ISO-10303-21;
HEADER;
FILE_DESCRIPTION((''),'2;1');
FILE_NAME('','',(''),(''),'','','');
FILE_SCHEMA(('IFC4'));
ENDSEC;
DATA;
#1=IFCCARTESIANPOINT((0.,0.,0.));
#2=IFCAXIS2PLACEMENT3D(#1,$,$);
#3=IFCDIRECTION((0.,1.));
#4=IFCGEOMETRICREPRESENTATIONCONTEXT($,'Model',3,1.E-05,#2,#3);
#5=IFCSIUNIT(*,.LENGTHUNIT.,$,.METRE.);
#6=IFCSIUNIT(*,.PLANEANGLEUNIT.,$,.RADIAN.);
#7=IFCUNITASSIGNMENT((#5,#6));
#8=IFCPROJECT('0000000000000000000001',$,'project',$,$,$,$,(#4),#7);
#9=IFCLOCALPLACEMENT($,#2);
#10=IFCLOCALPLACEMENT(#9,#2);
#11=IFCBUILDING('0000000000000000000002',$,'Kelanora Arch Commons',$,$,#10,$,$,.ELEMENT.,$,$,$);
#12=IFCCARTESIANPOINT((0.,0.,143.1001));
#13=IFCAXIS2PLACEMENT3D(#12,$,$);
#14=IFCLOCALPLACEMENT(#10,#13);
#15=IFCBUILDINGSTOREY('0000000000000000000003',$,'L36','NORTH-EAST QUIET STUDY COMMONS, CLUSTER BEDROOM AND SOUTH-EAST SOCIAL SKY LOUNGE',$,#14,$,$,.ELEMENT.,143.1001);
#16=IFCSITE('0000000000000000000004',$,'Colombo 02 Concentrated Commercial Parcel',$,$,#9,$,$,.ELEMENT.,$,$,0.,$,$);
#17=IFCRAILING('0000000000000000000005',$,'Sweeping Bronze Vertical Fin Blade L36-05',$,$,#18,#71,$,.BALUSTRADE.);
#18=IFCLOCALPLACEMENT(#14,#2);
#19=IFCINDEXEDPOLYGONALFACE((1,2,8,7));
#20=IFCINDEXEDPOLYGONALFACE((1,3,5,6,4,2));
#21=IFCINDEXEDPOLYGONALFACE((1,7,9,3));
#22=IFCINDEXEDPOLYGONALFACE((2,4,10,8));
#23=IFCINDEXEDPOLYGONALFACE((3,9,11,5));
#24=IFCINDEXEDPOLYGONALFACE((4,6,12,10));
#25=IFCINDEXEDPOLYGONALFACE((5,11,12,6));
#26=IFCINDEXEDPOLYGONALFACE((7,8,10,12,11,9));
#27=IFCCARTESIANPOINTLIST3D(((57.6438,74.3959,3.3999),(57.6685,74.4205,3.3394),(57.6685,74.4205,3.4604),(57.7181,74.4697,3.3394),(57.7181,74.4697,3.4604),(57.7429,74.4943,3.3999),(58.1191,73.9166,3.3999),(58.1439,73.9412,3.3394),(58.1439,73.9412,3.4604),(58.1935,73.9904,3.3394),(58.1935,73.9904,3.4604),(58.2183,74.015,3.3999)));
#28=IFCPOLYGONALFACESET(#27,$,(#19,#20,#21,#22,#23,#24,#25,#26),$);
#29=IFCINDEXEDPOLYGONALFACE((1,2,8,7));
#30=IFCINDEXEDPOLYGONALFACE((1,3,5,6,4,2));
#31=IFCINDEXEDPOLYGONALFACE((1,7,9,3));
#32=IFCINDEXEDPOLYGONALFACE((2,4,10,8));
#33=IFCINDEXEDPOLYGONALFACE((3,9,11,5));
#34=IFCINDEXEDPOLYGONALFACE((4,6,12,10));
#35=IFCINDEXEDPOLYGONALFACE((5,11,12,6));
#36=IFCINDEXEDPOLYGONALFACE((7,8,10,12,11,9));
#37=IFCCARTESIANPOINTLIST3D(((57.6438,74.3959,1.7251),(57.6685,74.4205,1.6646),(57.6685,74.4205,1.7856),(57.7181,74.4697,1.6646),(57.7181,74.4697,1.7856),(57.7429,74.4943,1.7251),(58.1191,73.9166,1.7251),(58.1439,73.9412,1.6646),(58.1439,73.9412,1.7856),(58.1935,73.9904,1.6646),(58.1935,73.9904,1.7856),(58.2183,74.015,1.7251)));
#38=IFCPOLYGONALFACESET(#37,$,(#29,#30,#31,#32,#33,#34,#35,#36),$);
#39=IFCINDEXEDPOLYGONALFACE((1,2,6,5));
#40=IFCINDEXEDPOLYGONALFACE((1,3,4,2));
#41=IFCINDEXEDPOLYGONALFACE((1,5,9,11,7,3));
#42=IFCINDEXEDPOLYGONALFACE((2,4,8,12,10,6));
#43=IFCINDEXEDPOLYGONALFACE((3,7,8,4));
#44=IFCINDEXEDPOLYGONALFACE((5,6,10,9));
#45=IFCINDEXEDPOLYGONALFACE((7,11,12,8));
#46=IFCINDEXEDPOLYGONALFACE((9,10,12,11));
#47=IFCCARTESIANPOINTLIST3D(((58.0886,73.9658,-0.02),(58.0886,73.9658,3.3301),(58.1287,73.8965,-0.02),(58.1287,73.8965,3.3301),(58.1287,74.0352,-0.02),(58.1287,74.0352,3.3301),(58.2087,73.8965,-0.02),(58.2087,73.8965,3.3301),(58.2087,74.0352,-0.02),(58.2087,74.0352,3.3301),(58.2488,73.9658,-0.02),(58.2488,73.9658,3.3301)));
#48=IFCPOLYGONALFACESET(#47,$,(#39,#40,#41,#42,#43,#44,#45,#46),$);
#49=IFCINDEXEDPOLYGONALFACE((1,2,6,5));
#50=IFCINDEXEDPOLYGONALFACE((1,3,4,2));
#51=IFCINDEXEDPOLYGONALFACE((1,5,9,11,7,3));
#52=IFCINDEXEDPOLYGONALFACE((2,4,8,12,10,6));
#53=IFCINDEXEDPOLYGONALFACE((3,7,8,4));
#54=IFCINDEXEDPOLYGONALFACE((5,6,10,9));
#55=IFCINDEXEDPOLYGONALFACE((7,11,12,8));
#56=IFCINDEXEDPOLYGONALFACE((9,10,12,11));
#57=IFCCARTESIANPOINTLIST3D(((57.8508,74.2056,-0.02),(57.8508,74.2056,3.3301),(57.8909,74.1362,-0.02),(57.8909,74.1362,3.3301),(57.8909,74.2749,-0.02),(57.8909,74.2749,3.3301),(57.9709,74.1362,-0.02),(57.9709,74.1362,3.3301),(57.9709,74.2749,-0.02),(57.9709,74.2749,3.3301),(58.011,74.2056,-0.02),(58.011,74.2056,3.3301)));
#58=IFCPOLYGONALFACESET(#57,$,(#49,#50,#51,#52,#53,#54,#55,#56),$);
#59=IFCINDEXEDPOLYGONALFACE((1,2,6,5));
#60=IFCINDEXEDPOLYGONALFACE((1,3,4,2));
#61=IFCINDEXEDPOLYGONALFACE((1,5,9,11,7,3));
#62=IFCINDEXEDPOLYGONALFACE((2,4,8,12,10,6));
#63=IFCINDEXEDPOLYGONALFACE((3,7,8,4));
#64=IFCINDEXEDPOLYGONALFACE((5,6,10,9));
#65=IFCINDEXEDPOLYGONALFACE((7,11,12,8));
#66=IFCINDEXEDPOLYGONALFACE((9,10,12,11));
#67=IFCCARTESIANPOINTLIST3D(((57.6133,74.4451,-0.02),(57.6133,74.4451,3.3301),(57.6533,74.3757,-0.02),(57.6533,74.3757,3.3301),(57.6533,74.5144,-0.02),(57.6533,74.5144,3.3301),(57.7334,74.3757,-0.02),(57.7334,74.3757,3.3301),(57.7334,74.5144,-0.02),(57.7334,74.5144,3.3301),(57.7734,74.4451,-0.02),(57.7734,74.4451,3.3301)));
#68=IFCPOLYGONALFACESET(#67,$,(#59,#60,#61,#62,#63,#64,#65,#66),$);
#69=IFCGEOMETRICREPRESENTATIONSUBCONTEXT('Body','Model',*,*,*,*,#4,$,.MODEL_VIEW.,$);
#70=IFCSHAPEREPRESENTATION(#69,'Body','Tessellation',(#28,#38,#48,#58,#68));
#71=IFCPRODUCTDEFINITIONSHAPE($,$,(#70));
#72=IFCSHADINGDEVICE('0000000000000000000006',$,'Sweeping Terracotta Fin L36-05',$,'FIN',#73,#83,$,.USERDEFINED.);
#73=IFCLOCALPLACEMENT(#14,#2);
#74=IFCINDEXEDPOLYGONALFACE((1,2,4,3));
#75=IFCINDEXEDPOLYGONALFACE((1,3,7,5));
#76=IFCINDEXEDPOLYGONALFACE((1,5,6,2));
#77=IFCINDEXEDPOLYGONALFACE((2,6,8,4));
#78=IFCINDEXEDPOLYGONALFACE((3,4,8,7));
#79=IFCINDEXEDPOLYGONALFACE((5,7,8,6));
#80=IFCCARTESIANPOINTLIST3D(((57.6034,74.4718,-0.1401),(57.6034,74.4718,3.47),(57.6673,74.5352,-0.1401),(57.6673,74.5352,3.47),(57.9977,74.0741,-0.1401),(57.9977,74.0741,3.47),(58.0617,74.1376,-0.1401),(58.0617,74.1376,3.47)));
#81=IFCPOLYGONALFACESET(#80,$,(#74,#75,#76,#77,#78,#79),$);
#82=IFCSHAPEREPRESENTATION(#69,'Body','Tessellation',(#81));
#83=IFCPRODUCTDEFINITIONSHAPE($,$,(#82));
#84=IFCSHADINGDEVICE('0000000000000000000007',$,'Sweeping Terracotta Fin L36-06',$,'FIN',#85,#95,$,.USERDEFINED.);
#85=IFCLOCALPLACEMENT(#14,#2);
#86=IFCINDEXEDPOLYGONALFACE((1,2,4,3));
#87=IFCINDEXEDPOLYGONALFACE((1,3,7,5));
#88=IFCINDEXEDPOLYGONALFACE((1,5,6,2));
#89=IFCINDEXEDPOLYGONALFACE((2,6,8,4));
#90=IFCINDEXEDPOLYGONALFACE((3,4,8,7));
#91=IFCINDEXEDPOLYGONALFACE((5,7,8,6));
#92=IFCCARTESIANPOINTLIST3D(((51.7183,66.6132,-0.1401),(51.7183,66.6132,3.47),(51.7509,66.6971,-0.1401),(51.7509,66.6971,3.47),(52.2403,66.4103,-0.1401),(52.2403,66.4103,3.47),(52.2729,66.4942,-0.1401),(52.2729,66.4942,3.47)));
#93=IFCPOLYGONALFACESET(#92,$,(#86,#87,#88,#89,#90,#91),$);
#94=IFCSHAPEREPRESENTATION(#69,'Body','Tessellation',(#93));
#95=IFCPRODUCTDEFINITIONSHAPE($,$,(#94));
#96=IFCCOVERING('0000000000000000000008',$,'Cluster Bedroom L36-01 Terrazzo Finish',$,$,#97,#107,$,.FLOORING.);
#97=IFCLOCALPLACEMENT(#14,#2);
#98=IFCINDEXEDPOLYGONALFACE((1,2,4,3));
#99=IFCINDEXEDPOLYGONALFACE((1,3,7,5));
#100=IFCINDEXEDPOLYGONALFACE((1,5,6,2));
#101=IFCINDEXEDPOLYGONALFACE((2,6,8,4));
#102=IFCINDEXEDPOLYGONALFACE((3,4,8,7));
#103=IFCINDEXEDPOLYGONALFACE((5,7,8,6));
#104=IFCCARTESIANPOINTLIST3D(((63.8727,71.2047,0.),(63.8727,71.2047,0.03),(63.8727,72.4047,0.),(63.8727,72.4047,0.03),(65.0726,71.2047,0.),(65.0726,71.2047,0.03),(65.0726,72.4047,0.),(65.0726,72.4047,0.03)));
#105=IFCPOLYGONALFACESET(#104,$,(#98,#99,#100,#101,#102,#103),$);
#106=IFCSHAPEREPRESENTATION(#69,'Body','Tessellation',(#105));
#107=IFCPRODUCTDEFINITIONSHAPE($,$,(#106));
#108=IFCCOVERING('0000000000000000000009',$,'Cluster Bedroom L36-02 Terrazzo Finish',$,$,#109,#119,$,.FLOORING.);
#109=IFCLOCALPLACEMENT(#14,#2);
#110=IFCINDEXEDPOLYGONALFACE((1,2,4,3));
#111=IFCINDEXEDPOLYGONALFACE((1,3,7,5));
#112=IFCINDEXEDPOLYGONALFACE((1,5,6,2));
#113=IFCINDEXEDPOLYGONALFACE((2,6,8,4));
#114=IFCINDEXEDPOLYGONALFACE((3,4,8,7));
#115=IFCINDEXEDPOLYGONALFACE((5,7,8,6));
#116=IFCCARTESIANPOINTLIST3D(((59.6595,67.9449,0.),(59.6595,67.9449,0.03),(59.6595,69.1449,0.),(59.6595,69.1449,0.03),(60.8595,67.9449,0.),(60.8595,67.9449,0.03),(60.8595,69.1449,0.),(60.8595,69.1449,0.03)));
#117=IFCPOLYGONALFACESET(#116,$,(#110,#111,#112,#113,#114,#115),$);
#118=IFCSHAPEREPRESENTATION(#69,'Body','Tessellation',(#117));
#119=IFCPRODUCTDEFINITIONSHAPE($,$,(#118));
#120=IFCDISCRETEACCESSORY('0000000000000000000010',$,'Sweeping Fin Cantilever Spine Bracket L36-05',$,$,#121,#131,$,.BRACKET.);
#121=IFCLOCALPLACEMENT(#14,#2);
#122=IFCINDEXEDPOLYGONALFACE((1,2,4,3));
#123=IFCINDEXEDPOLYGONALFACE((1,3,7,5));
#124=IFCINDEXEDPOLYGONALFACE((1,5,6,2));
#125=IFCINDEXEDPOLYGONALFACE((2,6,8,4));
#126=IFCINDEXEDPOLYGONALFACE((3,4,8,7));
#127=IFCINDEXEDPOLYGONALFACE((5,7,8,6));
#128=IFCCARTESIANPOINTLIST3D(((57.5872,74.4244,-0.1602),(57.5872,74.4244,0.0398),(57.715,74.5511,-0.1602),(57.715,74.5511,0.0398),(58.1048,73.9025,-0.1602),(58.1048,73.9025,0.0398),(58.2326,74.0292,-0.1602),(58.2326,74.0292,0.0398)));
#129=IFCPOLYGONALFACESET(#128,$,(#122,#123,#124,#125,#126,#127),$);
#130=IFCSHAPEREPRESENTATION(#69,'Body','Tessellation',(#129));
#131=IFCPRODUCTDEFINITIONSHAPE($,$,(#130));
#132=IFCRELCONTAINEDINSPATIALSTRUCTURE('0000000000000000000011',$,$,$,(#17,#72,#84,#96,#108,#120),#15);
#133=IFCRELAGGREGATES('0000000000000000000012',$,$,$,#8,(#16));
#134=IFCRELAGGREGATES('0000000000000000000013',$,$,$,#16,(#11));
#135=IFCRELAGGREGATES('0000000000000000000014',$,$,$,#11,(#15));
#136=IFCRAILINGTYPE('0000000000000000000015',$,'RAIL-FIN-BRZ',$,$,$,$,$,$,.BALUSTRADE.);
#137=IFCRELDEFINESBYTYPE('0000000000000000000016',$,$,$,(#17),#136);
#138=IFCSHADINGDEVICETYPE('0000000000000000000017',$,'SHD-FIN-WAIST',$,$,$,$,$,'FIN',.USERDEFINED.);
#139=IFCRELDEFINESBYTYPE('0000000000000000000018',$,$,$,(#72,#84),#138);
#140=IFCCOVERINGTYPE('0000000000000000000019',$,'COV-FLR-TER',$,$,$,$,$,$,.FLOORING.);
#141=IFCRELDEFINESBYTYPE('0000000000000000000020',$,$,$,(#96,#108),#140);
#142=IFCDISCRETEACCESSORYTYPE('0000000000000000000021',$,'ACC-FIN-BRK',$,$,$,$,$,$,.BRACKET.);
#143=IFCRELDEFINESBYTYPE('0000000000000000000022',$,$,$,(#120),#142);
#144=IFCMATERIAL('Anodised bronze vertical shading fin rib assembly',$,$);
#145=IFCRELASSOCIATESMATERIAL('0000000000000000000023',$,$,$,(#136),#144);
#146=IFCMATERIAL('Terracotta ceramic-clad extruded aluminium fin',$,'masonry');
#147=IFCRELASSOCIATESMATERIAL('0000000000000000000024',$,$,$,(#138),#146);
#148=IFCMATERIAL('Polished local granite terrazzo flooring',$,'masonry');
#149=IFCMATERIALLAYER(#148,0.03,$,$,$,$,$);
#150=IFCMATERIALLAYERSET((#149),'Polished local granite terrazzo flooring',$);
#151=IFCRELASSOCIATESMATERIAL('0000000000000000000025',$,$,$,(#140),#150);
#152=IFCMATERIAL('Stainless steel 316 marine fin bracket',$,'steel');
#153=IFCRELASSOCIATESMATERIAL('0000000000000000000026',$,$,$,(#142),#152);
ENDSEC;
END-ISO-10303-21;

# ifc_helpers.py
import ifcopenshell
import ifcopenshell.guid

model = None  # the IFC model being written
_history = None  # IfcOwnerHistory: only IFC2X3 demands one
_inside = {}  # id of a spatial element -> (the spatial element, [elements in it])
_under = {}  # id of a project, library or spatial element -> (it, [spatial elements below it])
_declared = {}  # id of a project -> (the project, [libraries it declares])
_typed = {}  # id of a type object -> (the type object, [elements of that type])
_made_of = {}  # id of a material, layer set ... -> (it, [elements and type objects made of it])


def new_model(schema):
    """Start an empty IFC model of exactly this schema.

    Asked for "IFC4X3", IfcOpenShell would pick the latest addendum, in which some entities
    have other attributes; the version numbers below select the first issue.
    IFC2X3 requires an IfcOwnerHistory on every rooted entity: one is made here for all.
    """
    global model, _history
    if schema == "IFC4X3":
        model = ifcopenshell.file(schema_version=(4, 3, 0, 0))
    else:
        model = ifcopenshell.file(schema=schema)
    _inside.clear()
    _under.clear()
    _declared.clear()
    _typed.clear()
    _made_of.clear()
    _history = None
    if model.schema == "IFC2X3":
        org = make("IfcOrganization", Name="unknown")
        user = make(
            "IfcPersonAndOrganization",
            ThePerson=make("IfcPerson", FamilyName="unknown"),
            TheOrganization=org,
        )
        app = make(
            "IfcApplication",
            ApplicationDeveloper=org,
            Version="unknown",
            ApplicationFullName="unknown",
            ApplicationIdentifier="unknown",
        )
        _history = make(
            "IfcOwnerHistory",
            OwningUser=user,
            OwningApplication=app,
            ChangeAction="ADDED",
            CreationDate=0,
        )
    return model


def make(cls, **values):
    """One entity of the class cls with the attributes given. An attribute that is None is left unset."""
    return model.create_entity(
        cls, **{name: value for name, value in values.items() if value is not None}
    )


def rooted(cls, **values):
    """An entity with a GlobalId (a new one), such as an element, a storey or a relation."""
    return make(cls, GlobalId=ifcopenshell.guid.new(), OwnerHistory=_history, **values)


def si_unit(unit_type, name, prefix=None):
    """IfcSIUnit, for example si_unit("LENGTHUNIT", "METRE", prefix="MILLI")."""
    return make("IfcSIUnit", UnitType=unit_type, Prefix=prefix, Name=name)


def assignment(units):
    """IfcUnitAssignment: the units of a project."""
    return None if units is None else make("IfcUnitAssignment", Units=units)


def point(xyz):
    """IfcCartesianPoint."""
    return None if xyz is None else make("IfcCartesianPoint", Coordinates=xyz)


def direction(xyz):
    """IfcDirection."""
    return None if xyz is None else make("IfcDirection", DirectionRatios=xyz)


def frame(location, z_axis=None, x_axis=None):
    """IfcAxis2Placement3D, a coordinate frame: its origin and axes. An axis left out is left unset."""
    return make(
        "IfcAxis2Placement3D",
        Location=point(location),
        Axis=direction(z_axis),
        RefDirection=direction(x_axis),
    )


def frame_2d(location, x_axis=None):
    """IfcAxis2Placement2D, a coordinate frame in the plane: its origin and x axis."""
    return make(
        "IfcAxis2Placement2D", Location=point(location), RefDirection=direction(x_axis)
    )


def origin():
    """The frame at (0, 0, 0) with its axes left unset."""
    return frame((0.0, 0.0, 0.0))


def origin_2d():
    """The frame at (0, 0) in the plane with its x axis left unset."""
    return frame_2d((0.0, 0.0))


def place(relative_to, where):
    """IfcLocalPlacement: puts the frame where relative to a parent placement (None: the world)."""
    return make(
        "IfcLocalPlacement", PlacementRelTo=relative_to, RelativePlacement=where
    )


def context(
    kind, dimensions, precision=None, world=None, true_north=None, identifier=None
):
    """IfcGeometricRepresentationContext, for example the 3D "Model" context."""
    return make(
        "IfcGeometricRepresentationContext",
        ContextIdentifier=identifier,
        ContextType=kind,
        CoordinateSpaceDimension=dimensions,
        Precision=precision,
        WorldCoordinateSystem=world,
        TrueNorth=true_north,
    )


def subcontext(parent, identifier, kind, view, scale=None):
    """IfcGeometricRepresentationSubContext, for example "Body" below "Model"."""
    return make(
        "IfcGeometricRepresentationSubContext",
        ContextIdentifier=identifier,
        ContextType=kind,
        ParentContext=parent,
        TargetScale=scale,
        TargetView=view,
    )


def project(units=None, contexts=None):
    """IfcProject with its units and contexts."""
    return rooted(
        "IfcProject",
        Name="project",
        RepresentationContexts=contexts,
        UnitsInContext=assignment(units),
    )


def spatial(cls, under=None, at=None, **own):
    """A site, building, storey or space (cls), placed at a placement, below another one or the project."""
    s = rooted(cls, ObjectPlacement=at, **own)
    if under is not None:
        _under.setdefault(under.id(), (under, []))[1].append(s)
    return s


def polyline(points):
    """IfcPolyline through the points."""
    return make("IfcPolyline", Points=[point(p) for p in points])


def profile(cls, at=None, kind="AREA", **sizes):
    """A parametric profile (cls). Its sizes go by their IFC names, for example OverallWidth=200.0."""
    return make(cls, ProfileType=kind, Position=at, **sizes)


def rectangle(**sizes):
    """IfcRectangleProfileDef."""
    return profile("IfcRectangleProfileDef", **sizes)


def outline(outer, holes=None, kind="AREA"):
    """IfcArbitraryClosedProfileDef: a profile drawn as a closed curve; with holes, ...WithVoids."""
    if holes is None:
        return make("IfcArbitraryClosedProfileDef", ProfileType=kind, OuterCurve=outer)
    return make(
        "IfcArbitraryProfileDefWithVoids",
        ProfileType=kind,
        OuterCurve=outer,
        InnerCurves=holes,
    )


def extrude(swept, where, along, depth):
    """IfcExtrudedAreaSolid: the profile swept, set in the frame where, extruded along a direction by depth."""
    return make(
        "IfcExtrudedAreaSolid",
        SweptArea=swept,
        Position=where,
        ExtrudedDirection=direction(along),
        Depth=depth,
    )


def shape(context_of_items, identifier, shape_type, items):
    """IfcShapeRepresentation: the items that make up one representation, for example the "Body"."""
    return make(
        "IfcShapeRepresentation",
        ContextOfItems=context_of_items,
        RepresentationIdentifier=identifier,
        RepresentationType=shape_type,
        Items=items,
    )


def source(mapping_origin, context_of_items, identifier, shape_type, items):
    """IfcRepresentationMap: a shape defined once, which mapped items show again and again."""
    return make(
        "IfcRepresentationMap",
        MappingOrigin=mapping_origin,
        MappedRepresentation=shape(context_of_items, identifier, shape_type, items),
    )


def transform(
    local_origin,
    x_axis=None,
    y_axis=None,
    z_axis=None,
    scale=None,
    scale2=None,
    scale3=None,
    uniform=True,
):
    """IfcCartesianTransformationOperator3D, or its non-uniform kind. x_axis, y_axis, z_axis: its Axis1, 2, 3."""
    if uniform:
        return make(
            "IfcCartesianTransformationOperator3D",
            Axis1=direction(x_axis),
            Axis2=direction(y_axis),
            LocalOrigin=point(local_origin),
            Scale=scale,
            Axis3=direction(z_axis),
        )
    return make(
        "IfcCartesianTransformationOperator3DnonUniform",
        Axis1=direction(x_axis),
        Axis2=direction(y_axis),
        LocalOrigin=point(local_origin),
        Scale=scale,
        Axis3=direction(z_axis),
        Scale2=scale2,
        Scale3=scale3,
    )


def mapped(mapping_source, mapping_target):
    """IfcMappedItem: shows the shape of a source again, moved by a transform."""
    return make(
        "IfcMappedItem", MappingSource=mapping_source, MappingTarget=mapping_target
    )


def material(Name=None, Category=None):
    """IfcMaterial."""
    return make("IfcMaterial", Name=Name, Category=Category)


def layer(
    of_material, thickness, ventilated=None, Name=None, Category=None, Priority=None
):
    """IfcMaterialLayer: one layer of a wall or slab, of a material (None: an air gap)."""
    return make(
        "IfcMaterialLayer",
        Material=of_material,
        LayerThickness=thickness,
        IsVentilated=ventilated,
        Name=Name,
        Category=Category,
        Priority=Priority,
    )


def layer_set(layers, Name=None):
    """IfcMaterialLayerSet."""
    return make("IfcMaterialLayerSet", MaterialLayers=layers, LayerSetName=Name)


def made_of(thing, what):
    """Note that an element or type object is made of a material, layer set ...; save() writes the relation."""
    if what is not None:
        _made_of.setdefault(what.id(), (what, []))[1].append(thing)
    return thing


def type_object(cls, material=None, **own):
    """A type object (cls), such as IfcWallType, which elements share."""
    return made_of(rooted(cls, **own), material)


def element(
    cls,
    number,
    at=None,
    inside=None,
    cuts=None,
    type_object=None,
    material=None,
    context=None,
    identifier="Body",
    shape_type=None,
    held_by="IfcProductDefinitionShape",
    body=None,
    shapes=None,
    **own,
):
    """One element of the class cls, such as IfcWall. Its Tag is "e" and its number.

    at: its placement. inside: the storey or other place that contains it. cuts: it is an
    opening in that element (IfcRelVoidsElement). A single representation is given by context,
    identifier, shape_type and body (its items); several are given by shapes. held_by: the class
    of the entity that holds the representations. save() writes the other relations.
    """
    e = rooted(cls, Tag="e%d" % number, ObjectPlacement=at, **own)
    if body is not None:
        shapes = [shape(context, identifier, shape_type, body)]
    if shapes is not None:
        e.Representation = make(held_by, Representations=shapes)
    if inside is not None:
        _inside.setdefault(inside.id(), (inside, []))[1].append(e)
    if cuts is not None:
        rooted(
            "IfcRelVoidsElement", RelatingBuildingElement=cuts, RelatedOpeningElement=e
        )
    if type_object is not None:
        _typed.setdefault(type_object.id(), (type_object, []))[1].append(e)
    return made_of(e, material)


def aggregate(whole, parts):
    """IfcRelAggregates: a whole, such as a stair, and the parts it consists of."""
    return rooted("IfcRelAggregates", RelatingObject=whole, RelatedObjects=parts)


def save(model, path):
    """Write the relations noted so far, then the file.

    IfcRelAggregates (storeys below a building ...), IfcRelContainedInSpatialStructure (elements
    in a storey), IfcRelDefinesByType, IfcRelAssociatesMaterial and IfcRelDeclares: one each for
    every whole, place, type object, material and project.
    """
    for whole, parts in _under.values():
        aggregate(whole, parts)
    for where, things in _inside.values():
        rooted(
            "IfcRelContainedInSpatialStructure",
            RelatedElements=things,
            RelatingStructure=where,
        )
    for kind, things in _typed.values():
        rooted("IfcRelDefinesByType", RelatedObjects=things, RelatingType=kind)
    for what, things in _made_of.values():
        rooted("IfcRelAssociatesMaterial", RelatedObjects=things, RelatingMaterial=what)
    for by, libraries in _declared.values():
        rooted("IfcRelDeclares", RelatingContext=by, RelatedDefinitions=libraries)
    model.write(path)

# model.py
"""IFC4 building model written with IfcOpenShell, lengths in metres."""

from ifc_helpers import new_model, si_unit, direction, frame, origin, origin_2d, place, context, subcontext, project, spatial, polyline, rectangle, outline, extrude, source, transform, mapped, material, layer, layer_set, type_object, element, save


model = new_model("IFC4")

# Units and contexts
model_context = context("Model", 3, precision=1e-05, world=origin(), true_north=direction((0.0, 1.0)))
body_context = subcontext(model_context, "Body", "Model", "MODEL_VIEW")
ifc_project = project(units=[si_unit("LENGTHUNIT", "METRE"), si_unit("PLANEANGLEUNIT", "RADIAN")], contexts=[model_context])

# Site, building, storey
site_placement = place(None, origin())
site = spatial("IfcSite", under=ifc_project, at=site_placement, Name="Colombo 02 Concentrated Commercial Parcel", CompositionType="ELEMENT", RefElevation=0.0)
building_placement = place(site_placement, origin())
building = spatial("IfcBuilding", under=site, at=building_placement, Name="Kelanora Arch Commons", CompositionType="ELEMENT")
storey_placement = place(building_placement, frame((0.0, 0.0, 143.1001)))
storey = spatial("IfcBuildingStorey", under=building, at=storey_placement, Name="L36", Description="NORTH-EAST QUIET STUDY COMMONS, CLUSTER BEDROOM AND SOUTH-EAST SOCIAL SKY LOUNGE", CompositionType="ELEMENT", Elevation=143.1001)

# Railing
ifc_material_1 = material(Name="Anodised bronze vertical shading fin rib assembly")
railing_type = type_object("IfcRailingType", Name="RAIL-FIN-BRZ", PredefinedType="BALUSTRADE", material=ifc_material_1)
railing_placement = place(storey_placement, frame((58.1687, 73.9658, -0.02)))
element("IfcRailing", 1, at=railing_placement, inside=storey, type_object=railing_type, Name="Sweeping Bronze Vertical Fin Blade L36-05", PredefinedType="BALUSTRADE", context=body_context, shape_type="SweptSolid", body=[
    extrude(outline(polyline([(0.0698, 0.0), (0.0349, 0.0605), (-0.0349, 0.0605), (-0.0698, 0.0), (-0.0349, -0.0605), (0.0349, -0.0605), (0.0698, 0.0)])), frame((0.0, 0.0, 3.4199), z_axis=(-0.704207, 0.709994, 0.0), x_axis=(-0.709994, -0.704207, 0.0)), (0.0, 0.0, 1.0), 0.675),
    extrude(outline(polyline([(0.0698, 0.0), (0.0349, 0.0605), (-0.0349, 0.0605), (-0.0698, 0.0), (-0.0349, -0.0605), (0.0349, -0.0605), (0.0698, 0.0)])), frame((0.0, 0.0, 1.7451), z_axis=(-0.704207, 0.709994, 0.0), x_axis=(-0.709994, -0.704207, 0.0)), (0.0, 0.0, 1.0), 0.675),
    extrude(outline(polyline([(0.0801, 0.0), (0.04, 0.0693), (-0.04, 0.0693), (-0.0801, 0.0), (-0.04, -0.0693), (0.04, -0.0693), (0.0801, 0.0)])), origin(), (0.0, 0.0, 1.0), 3.3501),
    extrude(outline(polyline([(0.0801, 0.0), (0.04, 0.0693), (-0.04, 0.0693), (-0.0801, 0.0), (-0.04, -0.0693), (0.04, -0.0693), (0.0801, 0.0)])), frame((-0.2378, 0.2397, 0.0)), (0.0, 0.0, 1.0), 3.3501),
    extrude(outline(polyline([(0.0801, 0.0), (0.04, 0.0693), (-0.04, 0.0693), (-0.0801, 0.0), (-0.04, -0.0693), (0.04, -0.0693), (0.0801, 0.0)])), frame((-0.4753, 0.4792, 0.0)), (0.0, 0.0, 1.0), 3.3501),
])

# Shading devices
ifc_material_2 = material(Name="Terracotta ceramic-clad extruded aluminium fin", Category="masonry")
shading_device_type = type_object("IfcShadingDeviceType", Name="SHD-FIN-WAIST", ElementType="FIN", PredefinedType="USERDEFINED", material=ifc_material_2)
shared_shape_1 = source(origin(), body_context, "Body", "SweptSolid", [
    extrude(rectangle(XDim=0.5601, YDim=0.0901, at=origin_2d()), origin(), (0.0, 0.0, 1.0), 3.6101),
])
for number, where, z_axis, x_axis, name in (
    (2, (57.8325, 74.3047, -0.1401), (0.0, 0.0, 1.0), (-0.704139, 0.710062, 0.0), "Sweeping Terracotta Fin L36-05"),
    (3, (51.9956, 66.5537, -0.1401), (0.0, 0.0, 1.0), (-0.932071, 0.362275, 0.0), "Sweeping Terracotta Fin L36-06"),
):
    element("IfcShadingDevice", number, at=place(storey_placement, frame(where, z_axis=z_axis, x_axis=x_axis)), inside=storey, type_object=shading_device_type, Name=name, ObjectType="FIN", PredefinedType="USERDEFINED", context=body_context, shape_type="MappedRepresentation", body=[
        mapped(shared_shape_1, transform((0.0, 0.0, 0.0), scale=1.0)),
    ])

# Coverings
ifc_material_3 = material(Name="Polished local granite terrazzo flooring", Category="masonry")
ifc_layer_1 = layer(ifc_material_3, 0.03)
ifc_layer_set_1 = layer_set([ifc_layer_1], Name="Polished local granite terrazzo flooring")
covering_type = type_object("IfcCoveringType", Name="COV-FLR-TER", PredefinedType="FLOORING", material=ifc_layer_set_1)
shared_shape_2 = source(origin(), body_context, "Body", "SweptSolid", [
    extrude(rectangle(XDim=1.2, YDim=1.2, at=origin_2d()), origin(), (0.0, 0.0, 1.0), 0.03),
])
for number, where, z_axis, x_axis, name in (
    (4, (64.4727, 71.8047, 0.0), (0.0, 0.0, 1.0), (1.0, 0.0, 0.0), "Cluster Bedroom L36-01 Terrazzo Finish"),
    (5, (60.2595, 68.5449, 0.0), (0.0, 0.0, 1.0), (1.0, 0.0, 0.0), "Cluster Bedroom L36-02 Terrazzo Finish"),
):
    element("IfcCovering", number, at=place(storey_placement, frame(where, z_axis=z_axis, x_axis=x_axis)), inside=storey, type_object=covering_type, Name=name, PredefinedType="FLOORING", context=body_context, shape_type="MappedRepresentation", body=[
        mapped(shared_shape_2, transform((0.0, 0.0, 0.0), scale=1.0)),
    ])

# Discrete accessory
ifc_material_4 = material(Name="Stainless steel 316 marine fin bracket", Category="steel")
discrete_accessory_type = type_object("IfcDiscreteAccessoryType", Name="ACC-FIN-BRK", PredefinedType="BRACKET", material=ifc_material_4)
shared_shape_3 = source(origin(), body_context, "Body", "SweptSolid", [
    extrude(rectangle(XDim=0.7351, YDim=0.1799, at=origin_2d()), origin(), (0.0, 0.0, 1.0), 0.2),
])
discrete_accessory_placement = place(storey_placement, frame((57.9099, 74.2268, -0.1602), z_axis=(0.0, 0.0, 1.0), x_axis=(-0.704139, 0.710062, 0.0)))
element("IfcDiscreteAccessory", 6, at=discrete_accessory_placement, inside=storey, type_object=discrete_accessory_type, Name="Sweeping Fin Cantilever Spine Bracket L36-05", PredefinedType="BRACKET", context=body_context, shape_type="MappedRepresentation", body=[
    mapped(shared_shape_3, transform((0.0, 0.0, 0.0), scale=1.0)),
])

save(model, "model.ifc")
